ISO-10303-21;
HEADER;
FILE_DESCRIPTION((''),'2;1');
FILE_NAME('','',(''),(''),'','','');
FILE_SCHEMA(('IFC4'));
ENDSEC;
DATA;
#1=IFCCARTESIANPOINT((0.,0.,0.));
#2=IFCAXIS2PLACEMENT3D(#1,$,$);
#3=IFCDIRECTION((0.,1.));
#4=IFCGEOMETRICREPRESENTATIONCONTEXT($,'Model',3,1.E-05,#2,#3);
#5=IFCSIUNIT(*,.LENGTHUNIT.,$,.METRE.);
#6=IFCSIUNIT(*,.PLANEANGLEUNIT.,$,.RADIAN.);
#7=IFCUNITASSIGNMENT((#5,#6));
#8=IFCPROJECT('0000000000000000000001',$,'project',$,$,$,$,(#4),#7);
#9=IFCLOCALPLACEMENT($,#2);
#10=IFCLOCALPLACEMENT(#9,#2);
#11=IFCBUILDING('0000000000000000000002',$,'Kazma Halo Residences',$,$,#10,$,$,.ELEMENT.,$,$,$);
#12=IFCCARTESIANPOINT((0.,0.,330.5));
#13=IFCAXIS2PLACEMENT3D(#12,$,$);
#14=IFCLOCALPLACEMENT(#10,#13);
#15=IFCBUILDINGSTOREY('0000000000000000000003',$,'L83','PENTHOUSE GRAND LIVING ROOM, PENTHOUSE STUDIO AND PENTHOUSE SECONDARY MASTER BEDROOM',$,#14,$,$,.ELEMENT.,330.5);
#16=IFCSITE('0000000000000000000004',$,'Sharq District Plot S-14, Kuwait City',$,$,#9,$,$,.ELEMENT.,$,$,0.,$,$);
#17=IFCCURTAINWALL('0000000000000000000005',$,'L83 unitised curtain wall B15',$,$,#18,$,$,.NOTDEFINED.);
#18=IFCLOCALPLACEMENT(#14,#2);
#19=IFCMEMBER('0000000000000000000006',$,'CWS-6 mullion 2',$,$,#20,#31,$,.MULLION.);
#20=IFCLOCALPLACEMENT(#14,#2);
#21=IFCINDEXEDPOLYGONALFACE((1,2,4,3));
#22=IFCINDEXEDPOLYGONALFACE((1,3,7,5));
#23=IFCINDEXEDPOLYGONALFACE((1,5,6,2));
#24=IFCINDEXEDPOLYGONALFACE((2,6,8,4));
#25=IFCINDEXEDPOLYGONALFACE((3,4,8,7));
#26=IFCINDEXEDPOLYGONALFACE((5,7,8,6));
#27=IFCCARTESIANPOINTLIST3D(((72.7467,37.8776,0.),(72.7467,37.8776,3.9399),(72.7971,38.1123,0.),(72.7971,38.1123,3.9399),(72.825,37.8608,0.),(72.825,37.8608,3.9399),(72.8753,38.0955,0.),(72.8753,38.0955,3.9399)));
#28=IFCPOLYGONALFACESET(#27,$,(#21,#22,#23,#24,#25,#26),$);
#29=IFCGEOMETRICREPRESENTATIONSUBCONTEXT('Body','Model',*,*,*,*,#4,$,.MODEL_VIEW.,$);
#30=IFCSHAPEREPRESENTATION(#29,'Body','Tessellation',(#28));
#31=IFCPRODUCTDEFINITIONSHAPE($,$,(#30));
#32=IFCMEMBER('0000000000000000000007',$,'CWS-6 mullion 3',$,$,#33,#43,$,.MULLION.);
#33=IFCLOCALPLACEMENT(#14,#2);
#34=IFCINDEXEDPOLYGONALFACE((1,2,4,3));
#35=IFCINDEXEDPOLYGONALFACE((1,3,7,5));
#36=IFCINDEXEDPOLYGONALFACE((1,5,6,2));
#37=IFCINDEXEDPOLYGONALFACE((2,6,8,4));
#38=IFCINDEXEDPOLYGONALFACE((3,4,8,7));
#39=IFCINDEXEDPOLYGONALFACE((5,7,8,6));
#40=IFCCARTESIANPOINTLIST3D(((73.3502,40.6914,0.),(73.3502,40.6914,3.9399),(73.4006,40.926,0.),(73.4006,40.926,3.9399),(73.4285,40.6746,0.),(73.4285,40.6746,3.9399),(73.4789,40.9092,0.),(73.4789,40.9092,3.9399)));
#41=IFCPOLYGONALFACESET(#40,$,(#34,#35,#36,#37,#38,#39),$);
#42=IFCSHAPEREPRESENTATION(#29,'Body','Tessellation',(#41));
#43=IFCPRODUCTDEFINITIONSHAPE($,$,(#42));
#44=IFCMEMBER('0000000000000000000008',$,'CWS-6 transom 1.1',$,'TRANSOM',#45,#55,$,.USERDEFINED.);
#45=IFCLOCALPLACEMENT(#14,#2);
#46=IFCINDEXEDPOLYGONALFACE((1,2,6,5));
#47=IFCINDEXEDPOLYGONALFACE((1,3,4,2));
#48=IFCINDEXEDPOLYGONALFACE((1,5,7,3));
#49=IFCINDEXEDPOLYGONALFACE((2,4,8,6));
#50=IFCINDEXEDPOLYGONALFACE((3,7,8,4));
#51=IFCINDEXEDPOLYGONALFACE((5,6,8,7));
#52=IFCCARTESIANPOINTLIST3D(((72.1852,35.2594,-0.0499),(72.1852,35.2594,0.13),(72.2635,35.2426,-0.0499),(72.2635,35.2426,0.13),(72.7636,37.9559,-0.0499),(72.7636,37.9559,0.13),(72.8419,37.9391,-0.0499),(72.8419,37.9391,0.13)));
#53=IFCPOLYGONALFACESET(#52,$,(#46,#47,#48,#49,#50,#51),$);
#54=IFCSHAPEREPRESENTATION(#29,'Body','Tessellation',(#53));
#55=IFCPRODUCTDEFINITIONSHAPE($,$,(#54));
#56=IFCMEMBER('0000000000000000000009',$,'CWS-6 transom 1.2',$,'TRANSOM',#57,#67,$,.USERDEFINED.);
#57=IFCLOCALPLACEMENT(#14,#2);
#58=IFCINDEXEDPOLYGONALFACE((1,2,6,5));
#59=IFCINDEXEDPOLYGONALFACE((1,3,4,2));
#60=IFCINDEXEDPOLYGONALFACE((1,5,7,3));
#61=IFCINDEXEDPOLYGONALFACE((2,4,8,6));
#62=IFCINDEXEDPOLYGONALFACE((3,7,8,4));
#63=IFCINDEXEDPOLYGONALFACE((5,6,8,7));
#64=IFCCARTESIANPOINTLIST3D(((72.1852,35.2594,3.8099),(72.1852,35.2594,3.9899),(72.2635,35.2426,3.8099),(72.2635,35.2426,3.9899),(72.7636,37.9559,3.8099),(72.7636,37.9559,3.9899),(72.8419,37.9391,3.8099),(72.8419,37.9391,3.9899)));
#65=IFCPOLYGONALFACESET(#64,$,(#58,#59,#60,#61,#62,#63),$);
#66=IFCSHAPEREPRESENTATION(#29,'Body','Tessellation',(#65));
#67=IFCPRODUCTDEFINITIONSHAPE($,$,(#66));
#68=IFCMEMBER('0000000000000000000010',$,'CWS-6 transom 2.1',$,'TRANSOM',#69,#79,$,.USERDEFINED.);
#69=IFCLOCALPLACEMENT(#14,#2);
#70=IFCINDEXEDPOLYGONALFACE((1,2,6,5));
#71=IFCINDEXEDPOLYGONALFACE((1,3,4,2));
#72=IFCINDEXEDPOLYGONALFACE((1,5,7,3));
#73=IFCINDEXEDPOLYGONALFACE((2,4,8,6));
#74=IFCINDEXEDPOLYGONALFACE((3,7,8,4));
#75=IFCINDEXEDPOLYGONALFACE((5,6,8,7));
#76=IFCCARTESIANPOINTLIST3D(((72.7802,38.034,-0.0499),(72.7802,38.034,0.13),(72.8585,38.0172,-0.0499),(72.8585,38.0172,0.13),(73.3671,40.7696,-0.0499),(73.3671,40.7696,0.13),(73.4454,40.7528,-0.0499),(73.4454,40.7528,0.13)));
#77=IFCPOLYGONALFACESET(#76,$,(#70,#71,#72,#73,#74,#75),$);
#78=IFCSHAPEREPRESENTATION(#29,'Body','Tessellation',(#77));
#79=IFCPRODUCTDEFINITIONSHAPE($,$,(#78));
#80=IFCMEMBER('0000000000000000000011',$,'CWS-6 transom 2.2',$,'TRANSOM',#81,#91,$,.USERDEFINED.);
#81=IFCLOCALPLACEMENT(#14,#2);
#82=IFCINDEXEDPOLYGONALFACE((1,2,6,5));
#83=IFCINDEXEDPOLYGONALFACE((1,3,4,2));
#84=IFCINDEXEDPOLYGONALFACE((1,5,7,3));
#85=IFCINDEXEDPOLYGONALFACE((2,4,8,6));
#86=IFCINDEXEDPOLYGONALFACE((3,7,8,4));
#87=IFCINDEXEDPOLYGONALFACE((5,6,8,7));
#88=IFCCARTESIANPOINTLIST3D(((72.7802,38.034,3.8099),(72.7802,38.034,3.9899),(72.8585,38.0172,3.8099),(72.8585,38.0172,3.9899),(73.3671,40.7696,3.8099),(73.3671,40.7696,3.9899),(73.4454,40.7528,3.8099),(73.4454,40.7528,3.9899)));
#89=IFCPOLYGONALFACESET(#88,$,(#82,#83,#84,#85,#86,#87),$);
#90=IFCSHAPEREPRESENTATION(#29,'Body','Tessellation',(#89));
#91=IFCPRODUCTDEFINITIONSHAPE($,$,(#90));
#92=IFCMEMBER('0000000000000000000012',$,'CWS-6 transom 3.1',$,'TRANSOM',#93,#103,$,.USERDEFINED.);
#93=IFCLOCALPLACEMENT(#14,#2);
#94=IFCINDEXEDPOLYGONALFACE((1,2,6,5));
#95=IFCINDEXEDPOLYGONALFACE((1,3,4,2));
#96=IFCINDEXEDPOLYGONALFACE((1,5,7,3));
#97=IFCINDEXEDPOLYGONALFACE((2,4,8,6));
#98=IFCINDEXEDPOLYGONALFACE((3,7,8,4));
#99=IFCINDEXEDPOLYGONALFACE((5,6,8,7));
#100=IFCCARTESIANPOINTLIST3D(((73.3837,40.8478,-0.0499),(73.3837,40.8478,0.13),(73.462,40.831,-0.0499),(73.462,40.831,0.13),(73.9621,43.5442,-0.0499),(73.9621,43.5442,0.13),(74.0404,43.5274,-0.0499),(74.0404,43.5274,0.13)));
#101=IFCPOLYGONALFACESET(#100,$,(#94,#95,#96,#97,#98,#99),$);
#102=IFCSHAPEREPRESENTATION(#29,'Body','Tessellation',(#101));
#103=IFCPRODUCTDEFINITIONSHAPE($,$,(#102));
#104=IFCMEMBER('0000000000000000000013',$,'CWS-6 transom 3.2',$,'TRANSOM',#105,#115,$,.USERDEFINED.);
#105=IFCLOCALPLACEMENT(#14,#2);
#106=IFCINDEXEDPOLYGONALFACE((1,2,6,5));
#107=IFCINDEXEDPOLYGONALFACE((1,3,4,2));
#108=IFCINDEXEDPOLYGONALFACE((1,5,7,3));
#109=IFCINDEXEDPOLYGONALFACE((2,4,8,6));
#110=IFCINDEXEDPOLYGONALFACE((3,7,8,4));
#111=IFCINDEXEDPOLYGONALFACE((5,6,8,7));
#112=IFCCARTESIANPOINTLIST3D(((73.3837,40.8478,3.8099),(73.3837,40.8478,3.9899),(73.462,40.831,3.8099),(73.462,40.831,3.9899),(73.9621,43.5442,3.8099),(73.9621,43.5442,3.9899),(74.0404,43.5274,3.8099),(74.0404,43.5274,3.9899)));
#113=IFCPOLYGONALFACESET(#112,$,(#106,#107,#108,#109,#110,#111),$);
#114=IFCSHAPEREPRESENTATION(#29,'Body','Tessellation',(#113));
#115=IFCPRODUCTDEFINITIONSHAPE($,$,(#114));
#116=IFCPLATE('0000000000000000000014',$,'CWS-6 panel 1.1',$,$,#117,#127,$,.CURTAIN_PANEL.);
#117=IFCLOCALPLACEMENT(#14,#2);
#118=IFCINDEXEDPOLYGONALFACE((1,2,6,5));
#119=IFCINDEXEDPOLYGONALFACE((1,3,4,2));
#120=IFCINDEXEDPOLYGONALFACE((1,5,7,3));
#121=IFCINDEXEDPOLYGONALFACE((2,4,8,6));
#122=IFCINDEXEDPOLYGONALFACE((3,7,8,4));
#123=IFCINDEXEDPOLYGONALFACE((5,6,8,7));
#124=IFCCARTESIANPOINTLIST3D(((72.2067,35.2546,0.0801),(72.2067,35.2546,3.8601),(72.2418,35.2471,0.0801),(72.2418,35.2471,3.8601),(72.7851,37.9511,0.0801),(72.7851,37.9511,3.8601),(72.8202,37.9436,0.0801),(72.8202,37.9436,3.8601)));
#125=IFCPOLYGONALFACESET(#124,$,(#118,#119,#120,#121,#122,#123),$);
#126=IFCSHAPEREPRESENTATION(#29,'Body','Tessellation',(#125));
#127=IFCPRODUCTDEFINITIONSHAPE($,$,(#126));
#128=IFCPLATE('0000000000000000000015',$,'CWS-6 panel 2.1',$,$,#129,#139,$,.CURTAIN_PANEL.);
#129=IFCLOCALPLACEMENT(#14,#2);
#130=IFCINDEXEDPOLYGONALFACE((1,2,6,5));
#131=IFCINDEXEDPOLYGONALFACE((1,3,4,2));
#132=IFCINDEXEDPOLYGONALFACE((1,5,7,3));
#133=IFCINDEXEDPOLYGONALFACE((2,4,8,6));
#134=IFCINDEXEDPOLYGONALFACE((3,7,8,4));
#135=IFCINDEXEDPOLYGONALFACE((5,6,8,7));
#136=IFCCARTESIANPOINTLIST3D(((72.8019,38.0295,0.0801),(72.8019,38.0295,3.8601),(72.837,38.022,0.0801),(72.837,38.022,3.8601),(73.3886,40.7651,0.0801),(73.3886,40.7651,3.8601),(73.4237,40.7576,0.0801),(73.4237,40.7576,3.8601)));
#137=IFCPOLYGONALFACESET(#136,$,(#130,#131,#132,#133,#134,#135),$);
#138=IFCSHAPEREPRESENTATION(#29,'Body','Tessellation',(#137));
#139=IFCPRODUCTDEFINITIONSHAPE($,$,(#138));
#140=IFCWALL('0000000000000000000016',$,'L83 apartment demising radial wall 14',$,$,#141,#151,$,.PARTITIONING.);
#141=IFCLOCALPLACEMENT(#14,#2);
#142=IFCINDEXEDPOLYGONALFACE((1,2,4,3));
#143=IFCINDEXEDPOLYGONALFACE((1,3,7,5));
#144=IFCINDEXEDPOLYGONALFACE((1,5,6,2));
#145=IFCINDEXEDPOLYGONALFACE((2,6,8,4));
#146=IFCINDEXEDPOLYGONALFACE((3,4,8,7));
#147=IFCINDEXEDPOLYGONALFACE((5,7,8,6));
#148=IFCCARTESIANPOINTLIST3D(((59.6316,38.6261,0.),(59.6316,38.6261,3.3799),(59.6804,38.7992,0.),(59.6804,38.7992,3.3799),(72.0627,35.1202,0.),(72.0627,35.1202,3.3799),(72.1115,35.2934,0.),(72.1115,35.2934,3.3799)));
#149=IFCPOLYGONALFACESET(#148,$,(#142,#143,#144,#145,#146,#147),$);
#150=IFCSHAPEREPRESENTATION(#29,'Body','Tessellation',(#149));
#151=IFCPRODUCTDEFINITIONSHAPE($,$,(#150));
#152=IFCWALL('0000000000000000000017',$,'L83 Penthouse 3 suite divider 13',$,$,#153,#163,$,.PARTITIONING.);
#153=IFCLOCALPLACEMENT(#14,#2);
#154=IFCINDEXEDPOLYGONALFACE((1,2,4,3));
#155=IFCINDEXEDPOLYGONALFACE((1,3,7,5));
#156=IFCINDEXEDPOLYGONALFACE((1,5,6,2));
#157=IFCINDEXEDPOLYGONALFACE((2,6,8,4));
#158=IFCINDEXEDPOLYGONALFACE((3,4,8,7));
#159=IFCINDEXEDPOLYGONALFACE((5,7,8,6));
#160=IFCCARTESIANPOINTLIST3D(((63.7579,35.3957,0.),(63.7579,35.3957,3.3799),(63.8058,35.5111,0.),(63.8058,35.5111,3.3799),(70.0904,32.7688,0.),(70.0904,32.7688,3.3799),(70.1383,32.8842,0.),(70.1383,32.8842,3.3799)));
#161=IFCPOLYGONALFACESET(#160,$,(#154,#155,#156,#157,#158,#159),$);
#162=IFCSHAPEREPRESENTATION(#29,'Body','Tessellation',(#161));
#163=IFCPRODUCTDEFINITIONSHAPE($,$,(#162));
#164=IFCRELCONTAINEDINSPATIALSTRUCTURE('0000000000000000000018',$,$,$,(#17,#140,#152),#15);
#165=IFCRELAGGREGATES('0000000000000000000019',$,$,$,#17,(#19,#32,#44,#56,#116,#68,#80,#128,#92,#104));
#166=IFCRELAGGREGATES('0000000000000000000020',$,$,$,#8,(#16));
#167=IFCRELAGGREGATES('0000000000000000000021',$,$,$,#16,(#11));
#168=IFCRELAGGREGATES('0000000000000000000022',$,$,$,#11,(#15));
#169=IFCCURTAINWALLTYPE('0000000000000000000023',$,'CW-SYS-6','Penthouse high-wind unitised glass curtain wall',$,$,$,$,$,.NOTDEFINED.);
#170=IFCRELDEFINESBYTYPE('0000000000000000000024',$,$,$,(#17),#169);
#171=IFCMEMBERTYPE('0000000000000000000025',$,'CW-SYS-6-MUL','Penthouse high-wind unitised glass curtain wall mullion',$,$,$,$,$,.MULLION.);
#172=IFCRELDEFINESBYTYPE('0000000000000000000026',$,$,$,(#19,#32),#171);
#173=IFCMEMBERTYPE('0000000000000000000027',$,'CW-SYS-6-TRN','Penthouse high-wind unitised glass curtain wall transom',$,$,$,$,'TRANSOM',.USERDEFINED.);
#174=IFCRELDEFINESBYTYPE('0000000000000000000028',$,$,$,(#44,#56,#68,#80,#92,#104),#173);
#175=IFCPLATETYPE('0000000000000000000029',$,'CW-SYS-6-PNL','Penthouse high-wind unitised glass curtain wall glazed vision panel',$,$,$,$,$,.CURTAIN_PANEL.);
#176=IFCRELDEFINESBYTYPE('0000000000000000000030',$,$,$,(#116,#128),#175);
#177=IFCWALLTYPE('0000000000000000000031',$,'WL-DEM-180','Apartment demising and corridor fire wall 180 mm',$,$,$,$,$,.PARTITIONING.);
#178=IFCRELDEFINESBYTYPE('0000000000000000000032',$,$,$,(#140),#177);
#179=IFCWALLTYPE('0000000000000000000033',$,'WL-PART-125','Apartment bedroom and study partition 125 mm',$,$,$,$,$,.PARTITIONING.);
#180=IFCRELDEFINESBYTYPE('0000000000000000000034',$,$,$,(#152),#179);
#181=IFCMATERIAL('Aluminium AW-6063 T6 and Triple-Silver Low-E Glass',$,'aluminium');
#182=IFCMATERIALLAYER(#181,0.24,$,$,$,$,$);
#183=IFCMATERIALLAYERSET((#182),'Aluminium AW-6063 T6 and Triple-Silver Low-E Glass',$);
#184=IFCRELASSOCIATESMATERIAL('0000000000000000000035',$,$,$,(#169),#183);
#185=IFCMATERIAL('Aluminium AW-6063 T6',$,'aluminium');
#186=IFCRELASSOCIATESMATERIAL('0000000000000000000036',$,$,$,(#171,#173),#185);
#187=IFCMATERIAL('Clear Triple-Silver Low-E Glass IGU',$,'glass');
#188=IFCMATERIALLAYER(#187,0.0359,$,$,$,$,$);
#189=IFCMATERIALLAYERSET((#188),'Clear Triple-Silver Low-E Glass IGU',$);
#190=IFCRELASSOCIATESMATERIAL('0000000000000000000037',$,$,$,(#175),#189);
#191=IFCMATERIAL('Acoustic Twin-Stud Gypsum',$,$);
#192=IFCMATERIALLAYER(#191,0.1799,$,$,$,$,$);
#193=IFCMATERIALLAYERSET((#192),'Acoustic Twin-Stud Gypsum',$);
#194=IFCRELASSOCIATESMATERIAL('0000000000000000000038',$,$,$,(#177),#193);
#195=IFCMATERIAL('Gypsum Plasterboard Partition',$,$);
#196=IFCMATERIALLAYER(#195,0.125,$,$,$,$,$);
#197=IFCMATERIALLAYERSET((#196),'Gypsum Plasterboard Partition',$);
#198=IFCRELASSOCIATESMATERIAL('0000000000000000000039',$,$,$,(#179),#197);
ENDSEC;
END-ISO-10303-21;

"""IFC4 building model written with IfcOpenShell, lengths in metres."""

from ifc_helpers import new_model, si_unit, direction, frame, frame_2d, origin, origin_2d, place, context, subcontext, project, spatial, rectangle, extrude, material, layer, layer_set, material_profile, profile_set, type_object, element, aggregate, save


model = new_model("IFC4")

# Units and contexts
model_context = context("Model", 3, precision=1e-05, world=origin(), true_north=direction((0.0, 1.0)))
body_context = subcontext(model_context, "Body", "Model", "MODEL_VIEW")
ifc_project = project(units=[si_unit("LENGTHUNIT", "METRE"), si_unit("PLANEANGLEUNIT", "RADIAN")], contexts=[model_context])

# Site, building, storey
site_placement = place(None, origin())
site = spatial("IfcSite", under=ifc_project, at=site_placement, Name="Sharq District Plot S-14, Kuwait City", CompositionType="ELEMENT", RefElevation=0.0)
building_placement = place(site_placement, origin())
building = spatial("IfcBuilding", under=site, at=building_placement, Name="Kazma Halo Residences", CompositionType="ELEMENT")
storey_placement = place(building_placement, frame((0.0, 0.0, 330.5)))
storey = spatial("IfcBuildingStorey", under=building, at=storey_placement, Name="L83", Description="PENTHOUSE GRAND LIVING ROOM, PENTHOUSE STUDIO AND PENTHOUSE SECONDARY MASTER BEDROOM", CompositionType="ELEMENT", Elevation=330.5)

# Curtain wall, members, plates
ifc_material_1 = material(Name="Aluminium AW-6063 T6 and Triple-Silver Low-E Glass", Category="aluminium")
ifc_layer_1 = layer(ifc_material_1, 0.24)
ifc_layer_set_1 = layer_set([ifc_layer_1], Name="Aluminium AW-6063 T6 and Triple-Silver Low-E Glass")
curtain_wall_type = type_object("IfcCurtainWallType", Name="CW-SYS-6", Description="Penthouse high-wind unitised glass curtain wall", PredefinedType="NOTDEFINED", material=ifc_layer_set_1)
curtain_wall_placement = place(storey_placement, origin())
curtain_wall = element("IfcCurtainWall", 1, at=curtain_wall_placement, inside=storey, type_object=curtain_wall_type, Name="L83 unitised curtain wall B15", PredefinedType="NOTDEFINED")
ifc_material_2 = material(Name="Aluminium AW-6063 T6", Category="aluminium")
ifc_material_profile_1 = material_profile(ifc_material_2, rectangle(XDim=0.0801, YDim=0.24, at=origin_2d()), Name="CWM-80x240")
ifc_profile_set_1 = profile_set([ifc_material_profile_1], Name="Aluminium AW-6063 T6")
member_type_1 = type_object("IfcMemberType", Name="CW-SYS-6-MUL", Description="Penthouse high-wind unitised glass curtain wall mullion", PredefinedType="MULLION", material=ifc_profile_set_1)
member_1_placement = place(storey_placement, frame((72.811, 37.9866, 0.0), z_axis=(0.0, 0.0, 1.0), x_axis=(-0.977761, 0.209723, 0.0)))
member_1 = element("IfcMember", 2, at=member_1_placement, type_object=member_type_1, Name="CWS-6 mullion 2", PredefinedType="MULLION", context=body_context, shape_type="SweptSolid", body=[
    extrude(rectangle(XDim=0.0801, YDim=0.24, at=origin_2d()), origin(), (0.0, 0.0, 1.0), 3.9399),
])
member_2_placement = place(storey_placement, frame((73.4146, 40.8003, 0.0), z_axis=(0.0, 0.0, 1.0), x_axis=(-0.977761, 0.209723, 0.0)))
member_2 = element("IfcMember", 3, at=member_2_placement, type_object=member_type_1, Name="CWS-6 mullion 3", PredefinedType="MULLION", context=body_context, shape_type="SweptSolid", body=[
    extrude(rectangle(XDim=0.0801, YDim=0.24, at=origin_2d()), origin(), (0.0, 0.0, 1.0), 3.9399),
])
ifc_material_profile_2 = material_profile(ifc_material_2, rectangle(XDim=0.0801, YDim=0.1799, at=origin_2d()), Name="CWT-80x180")
ifc_profile_set_2 = profile_set([ifc_material_profile_2], Name="Aluminium AW-6063 T6")
member_type_2 = type_object("IfcMemberType", Name="CW-SYS-6-TRN", Description="Penthouse high-wind unitised glass curtain wall transom", ElementType="TRANSOM", PredefinedType="USERDEFINED", material=ifc_profile_set_2)
member_3_placement = place(storey_placement, frame((72.2244, 35.251, 0.04), z_axis=(0.209716, 0.977762, 0.0), x_axis=(-0.977762, 0.209716, 0.0)))
member_3 = element("IfcMember", 4, at=member_3_placement, type_object=member_type_2, Name="CWS-6 transom 1.1", ObjectType="TRANSOM", PredefinedType="USERDEFINED", context=body_context, shape_type="SweptSolid", body=[
    extrude(rectangle(XDim=0.0801, YDim=0.1799, at=origin_2d()), origin(), (0.0, 0.0, 1.0), 2.7578),
])
member_4_placement = place(storey_placement, frame((72.2244, 35.251, 3.8999), z_axis=(0.209716, 0.977762, 0.0), x_axis=(-0.977762, 0.209716, 0.0)))
member_4 = element("IfcMember", 5, at=member_4_placement, type_object=member_type_2, Name="CWS-6 transom 1.2", ObjectType="TRANSOM", PredefinedType="USERDEFINED", context=body_context, shape_type="SweptSolid", body=[
    extrude(rectangle(XDim=0.0801, YDim=0.1799, at=origin_2d()), origin(), (0.0, 0.0, 1.0), 2.7578),
])
member_5_placement = place(storey_placement, frame((72.8193, 38.0256, 0.04), z_axis=(0.209773, 0.97775, 0.0), x_axis=(-0.97775, 0.209773, 0.0)))
member_5 = element("IfcMember", 6, at=member_5_placement, type_object=member_type_2, Name="CWS-6 transom 2.1", ObjectType="TRANSOM", PredefinedType="USERDEFINED", context=body_context, shape_type="SweptSolid", body=[
    extrude(rectangle(XDim=0.0801, YDim=0.1799, at=origin_2d()), origin(), (0.0, 0.0, 1.0), 2.7979),
])
member_6_placement = place(storey_placement, frame((72.8193, 38.0256, 3.8999), z_axis=(0.209773, 0.97775, 0.0), x_axis=(-0.97775, 0.209773, 0.0)))
member_6 = element("IfcMember", 7, at=member_6_placement, type_object=member_type_2, Name="CWS-6 transom 2.2", ObjectType="TRANSOM", PredefinedType="USERDEFINED", context=body_context, shape_type="SweptSolid", body=[
    extrude(rectangle(XDim=0.0801, YDim=0.1799, at=origin_2d()), origin(), (0.0, 0.0, 1.0), 2.7979),
])
member_7_placement = place(storey_placement, frame((73.4229, 40.8394, 0.04), z_axis=(0.209716, 0.977762, 0.0), x_axis=(-0.977762, 0.209716, 0.0)))
member_7 = element("IfcMember", 8, at=member_7_placement, type_object=member_type_2, Name="CWS-6 transom 3.1", ObjectType="TRANSOM", PredefinedType="USERDEFINED", context=body_context, shape_type="SweptSolid", body=[
    extrude(rectangle(XDim=0.0801, YDim=0.1799, at=origin_2d()), origin(), (0.0, 0.0, 1.0), 2.7578),
])
member_8_placement = place(storey_placement, frame((73.4229, 40.8394, 3.8999), z_axis=(0.209716, 0.977762, 0.0), x_axis=(-0.977762, 0.209716, 0.0)))
member_8 = element("IfcMember", 9, at=member_8_placement, type_object=member_type_2, Name="CWS-6 transom 3.2", ObjectType="TRANSOM", PredefinedType="USERDEFINED", context=body_context, shape_type="SweptSolid", body=[
    extrude(rectangle(XDim=0.0801, YDim=0.1799, at=origin_2d()), origin(), (0.0, 0.0, 1.0), 2.7578),
])
ifc_material_3 = material(Name="Clear Triple-Silver Low-E Glass IGU", Category="glass")
ifc_layer_2 = layer(ifc_material_3, 0.0359)
ifc_layer_set_2 = layer_set([ifc_layer_2], Name="Clear Triple-Silver Low-E Glass IGU")
plate_type = type_object("IfcPlateType", Name="CW-SYS-6-PNL", Description="Penthouse high-wind unitised glass curtain wall glazed vision panel", PredefinedType="CURTAIN_PANEL", material=ifc_layer_set_2)
plate_1_placement = place(storey_placement, frame((72.5134, 36.5991, 0.0801), z_axis=(0.0, 0.0, 1.0), x_axis=(0.209723, 0.977761, 0.0)))
plate_1 = element("IfcPlate", 10, at=plate_1_placement, type_object=plate_type, Name="CWS-6 panel 1.1", PredefinedType="CURTAIN_PANEL", context=body_context, shape_type="SweptSolid", body=[
    extrude(rectangle(XDim=2.7578, YDim=0.0359, at=origin_2d()), origin(), (0.0, 0.0, 1.0), 3.78),
])
plate_2_placement = place(storey_placement, frame((73.1128, 39.3936, 0.0801), z_axis=(0.0, 0.0, 1.0), x_axis=(0.209723, 0.977761, 0.0)))
plate_2 = element("IfcPlate", 11, at=plate_2_placement, type_object=plate_type, Name="CWS-6 panel 2.1", PredefinedType="CURTAIN_PANEL", context=body_context, shape_type="SweptSolid", body=[
    extrude(rectangle(XDim=2.7979, YDim=0.0359, at=origin_2d()), origin(), (0.0, 0.0, 1.0), 3.78),
])
aggregate(curtain_wall, [member_1, member_2, member_3, member_4, plate_1, member_5, member_6, plate_2, member_7, member_8])

# Walls
ifc_material_4 = material(Name="Acoustic Twin-Stud Gypsum")
ifc_layer_3 = layer(ifc_material_4, 0.1799)
ifc_layer_set_3 = layer_set([ifc_layer_3], Name="Acoustic Twin-Stud Gypsum")
wall_type_1 = type_object("IfcWallType", Name="WL-DEM-180", Description="Apartment demising and corridor fire wall 180 mm", PredefinedType="PARTITIONING", material=ifc_layer_set_3)
wall_1_placement = place(storey_placement, frame((59.656, 38.7126, 0.0), z_axis=(0.0, 0.0, 1.0), x_axis=(0.962457, -0.271434, 0.0)))
element("IfcWall", 12, at=wall_1_placement, inside=storey, type_object=wall_type_1, Name="L83 apartment demising radial wall 14", PredefinedType="PARTITIONING", context=body_context, shape_type="SweptSolid", body=[
    extrude(rectangle(XDim=12.916, YDim=0.1799, at=frame_2d((6.458, 0.0))), origin(), (0.0, 0.0, 1.0), 3.3799),
])
ifc_material_5 = material(Name="Gypsum Plasterboard Partition")
ifc_layer_4 = layer(ifc_material_5, 0.125)
ifc_layer_set_4 = layer_set([ifc_layer_4], Name="Gypsum Plasterboard Partition")
wall_type_2 = type_object("IfcWallType", Name="WL-PART-125", Description="Apartment bedroom and study partition 125 mm", PredefinedType="PARTITIONING", material=ifc_layer_set_4)
wall_2_placement = place(storey_placement, frame((63.782, 35.4534, 0.0), z_axis=(0.0, 0.0, 1.0), x_axis=(0.923676, -0.383174, 0.0)))
element("IfcWall", 13, at=wall_2_placement, inside=storey, type_object=wall_type_2, Name="L83 Penthouse 3 suite divider 13", PredefinedType="PARTITIONING", context=body_context, shape_type="SweptSolid", body=[
    extrude(rectangle(XDim=6.8557, YDim=0.125, at=frame_2d((3.4277, 0.0))), origin(), (0.0, 0.0, 1.0), 3.3799),
])

save(model, "model.ifc")
